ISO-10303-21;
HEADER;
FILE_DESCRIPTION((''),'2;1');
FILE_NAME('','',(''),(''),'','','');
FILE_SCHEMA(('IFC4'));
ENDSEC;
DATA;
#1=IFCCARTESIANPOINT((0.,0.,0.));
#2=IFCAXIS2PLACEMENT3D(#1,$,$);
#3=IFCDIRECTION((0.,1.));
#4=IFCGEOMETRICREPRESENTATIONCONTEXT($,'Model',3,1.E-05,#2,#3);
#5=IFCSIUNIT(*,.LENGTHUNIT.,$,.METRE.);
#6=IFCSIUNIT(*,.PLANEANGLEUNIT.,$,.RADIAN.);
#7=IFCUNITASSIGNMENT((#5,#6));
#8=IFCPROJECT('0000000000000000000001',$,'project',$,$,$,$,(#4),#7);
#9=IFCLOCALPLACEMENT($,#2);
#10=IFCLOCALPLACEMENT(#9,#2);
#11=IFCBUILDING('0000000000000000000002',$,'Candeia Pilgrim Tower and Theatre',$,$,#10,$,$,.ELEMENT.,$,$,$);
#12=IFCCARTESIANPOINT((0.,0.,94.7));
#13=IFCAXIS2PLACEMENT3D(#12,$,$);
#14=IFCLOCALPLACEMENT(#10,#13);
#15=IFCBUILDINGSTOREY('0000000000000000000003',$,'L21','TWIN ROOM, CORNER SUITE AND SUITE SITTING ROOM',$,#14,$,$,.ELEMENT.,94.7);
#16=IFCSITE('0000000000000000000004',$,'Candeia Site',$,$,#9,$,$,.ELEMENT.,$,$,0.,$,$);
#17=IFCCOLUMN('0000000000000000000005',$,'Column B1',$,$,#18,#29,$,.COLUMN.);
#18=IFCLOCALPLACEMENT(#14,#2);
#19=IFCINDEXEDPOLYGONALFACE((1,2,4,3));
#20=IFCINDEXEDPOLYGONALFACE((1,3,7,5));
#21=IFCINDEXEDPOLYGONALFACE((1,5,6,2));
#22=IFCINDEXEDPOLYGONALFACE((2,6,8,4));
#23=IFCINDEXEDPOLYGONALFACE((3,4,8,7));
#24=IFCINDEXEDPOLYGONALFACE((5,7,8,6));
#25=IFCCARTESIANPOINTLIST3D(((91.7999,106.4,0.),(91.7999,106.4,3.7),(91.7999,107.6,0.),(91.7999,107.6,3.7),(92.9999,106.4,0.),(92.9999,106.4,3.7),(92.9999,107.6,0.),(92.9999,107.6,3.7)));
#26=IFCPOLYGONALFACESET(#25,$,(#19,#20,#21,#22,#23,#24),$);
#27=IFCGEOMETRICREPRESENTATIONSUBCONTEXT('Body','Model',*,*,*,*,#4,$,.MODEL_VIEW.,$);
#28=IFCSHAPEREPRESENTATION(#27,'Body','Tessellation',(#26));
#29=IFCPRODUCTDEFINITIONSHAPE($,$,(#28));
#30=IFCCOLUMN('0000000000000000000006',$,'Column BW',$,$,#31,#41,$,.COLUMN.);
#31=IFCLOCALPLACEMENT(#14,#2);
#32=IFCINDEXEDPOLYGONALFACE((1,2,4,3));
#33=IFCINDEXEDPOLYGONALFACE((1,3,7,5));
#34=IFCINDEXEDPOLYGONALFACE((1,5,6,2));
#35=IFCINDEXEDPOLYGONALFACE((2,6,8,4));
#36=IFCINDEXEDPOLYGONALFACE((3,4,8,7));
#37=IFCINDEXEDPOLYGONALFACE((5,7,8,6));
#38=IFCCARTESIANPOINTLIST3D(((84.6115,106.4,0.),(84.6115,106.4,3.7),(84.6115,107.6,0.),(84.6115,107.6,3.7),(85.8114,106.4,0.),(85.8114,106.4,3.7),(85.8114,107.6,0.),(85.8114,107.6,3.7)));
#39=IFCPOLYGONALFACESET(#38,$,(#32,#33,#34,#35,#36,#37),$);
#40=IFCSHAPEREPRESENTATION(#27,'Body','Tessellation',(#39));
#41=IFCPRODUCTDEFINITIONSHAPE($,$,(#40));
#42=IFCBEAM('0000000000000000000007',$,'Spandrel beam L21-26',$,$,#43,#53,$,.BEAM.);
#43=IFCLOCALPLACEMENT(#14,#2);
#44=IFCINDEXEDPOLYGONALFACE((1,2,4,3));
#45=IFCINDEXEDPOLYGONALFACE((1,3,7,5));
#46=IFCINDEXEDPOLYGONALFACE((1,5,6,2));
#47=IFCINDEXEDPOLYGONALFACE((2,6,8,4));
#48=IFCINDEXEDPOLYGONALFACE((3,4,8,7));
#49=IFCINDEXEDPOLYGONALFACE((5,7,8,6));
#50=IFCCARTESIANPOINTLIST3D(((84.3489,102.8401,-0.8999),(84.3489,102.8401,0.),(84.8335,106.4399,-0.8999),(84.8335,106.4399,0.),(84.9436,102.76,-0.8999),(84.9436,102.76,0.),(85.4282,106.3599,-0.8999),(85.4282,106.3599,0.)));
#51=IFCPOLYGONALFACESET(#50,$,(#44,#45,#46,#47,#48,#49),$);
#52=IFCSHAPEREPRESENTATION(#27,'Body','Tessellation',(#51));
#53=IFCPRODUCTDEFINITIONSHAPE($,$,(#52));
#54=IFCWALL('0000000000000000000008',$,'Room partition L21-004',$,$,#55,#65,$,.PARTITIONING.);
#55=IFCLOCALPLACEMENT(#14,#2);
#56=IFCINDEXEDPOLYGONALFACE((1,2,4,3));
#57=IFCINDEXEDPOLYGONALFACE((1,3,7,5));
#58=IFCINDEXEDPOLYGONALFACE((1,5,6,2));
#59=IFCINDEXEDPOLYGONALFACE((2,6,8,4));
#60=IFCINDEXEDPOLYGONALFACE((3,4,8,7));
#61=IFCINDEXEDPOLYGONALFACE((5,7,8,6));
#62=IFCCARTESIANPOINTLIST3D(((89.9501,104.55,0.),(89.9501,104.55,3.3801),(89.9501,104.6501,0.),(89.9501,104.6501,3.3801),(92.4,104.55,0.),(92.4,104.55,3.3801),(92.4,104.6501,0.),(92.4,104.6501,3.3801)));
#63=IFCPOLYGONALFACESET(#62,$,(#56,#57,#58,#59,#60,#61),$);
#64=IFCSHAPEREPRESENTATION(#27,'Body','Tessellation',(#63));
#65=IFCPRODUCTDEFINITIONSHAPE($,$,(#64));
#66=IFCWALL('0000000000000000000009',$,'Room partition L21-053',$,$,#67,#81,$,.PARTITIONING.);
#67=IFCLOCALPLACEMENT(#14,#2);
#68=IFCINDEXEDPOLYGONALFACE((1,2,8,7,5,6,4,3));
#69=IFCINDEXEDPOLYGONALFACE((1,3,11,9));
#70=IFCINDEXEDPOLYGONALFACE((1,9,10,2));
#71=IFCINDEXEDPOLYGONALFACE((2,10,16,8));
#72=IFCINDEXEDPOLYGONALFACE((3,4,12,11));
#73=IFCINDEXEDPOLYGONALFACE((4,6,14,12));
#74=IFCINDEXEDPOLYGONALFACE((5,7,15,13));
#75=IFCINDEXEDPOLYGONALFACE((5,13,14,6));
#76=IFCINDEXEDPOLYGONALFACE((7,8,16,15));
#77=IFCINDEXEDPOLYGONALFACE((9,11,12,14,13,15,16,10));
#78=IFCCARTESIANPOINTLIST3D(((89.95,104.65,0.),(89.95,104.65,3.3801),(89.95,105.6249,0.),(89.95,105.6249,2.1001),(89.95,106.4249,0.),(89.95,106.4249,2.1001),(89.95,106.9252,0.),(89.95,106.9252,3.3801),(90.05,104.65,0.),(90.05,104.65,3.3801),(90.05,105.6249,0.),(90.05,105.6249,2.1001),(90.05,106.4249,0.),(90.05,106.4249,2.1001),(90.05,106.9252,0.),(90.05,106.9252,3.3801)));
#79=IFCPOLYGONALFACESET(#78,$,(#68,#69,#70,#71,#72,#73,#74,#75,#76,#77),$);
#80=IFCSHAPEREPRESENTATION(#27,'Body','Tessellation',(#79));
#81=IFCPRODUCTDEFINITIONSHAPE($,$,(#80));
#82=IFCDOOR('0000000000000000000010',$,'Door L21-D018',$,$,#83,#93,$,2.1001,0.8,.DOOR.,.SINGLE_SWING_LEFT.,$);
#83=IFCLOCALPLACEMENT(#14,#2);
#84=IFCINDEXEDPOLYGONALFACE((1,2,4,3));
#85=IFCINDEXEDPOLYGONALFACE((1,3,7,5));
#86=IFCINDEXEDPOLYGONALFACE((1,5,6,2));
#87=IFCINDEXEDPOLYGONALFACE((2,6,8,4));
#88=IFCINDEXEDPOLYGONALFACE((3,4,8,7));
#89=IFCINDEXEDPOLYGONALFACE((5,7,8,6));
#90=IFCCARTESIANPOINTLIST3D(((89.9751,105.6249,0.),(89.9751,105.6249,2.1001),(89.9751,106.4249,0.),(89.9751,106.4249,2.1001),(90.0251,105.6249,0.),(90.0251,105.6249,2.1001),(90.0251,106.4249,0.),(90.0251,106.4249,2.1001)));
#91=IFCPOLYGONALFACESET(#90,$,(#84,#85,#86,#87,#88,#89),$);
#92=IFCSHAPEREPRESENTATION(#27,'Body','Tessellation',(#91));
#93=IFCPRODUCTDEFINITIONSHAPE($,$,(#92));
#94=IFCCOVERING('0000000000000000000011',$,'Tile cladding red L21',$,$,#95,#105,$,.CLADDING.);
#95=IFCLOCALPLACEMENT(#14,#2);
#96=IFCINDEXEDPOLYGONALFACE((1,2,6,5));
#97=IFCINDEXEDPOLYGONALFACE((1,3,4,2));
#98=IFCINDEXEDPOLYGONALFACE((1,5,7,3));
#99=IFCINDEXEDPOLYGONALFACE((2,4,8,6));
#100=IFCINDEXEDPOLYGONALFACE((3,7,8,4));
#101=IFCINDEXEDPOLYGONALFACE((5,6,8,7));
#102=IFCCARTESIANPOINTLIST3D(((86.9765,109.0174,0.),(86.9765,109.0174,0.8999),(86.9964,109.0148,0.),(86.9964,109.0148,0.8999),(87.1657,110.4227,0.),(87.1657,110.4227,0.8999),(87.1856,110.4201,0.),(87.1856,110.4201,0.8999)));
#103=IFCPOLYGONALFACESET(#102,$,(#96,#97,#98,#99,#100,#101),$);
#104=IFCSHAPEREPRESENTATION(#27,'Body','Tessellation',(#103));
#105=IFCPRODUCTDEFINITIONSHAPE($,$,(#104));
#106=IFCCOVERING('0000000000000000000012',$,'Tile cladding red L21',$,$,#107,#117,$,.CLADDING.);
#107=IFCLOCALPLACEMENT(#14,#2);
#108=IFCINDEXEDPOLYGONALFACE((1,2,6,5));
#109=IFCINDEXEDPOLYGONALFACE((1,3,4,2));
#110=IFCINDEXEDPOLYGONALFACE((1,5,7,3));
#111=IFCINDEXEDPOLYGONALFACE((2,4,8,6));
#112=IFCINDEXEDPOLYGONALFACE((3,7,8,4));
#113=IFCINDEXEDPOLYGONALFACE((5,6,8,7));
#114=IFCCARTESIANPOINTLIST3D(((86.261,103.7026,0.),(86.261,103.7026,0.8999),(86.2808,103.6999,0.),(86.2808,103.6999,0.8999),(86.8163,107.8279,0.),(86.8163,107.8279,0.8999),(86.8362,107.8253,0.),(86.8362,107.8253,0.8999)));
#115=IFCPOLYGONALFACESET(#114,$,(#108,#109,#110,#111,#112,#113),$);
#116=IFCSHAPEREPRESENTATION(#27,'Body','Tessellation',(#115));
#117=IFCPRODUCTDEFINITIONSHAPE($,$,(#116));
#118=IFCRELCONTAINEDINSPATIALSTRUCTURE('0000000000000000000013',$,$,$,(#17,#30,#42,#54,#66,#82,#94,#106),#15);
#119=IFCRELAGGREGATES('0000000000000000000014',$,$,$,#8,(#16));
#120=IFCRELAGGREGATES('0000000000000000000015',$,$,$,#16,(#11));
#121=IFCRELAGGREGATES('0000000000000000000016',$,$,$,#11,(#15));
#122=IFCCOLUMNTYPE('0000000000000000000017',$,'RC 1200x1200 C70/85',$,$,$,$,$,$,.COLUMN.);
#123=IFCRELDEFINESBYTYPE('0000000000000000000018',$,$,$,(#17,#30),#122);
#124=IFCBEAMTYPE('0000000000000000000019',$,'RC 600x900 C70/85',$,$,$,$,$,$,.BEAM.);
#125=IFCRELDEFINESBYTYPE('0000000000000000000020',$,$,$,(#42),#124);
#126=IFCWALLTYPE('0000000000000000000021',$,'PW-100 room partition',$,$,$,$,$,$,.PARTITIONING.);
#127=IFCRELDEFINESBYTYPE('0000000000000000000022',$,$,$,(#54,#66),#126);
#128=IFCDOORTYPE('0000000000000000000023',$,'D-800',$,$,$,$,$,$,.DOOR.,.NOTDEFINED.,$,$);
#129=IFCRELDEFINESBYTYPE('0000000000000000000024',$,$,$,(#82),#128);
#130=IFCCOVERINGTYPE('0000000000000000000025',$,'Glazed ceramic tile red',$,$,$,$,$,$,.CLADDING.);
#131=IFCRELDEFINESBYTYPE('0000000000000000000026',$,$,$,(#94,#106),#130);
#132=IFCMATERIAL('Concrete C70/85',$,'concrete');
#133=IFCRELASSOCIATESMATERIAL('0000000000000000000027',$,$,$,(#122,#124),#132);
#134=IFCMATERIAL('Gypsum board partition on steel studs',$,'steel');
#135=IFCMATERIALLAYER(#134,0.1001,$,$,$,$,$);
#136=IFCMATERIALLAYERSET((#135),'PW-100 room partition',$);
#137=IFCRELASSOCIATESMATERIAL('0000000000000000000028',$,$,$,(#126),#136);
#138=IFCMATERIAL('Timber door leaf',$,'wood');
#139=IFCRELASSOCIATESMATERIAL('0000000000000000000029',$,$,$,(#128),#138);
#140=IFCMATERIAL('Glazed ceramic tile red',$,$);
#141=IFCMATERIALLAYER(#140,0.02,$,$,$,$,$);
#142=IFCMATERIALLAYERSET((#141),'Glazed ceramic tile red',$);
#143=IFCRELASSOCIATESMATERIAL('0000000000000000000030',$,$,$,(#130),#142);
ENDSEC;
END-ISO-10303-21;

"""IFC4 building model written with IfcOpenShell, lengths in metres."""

from ifc_helpers import new_model, si_unit, direction, frame, frame_2d, origin, origin_2d, place, context, subcontext, project, spatial, rectangle, extrude, material, layer, layer_set, material_profile, profile_set, type_object, element, fill, save


model = new_model("IFC4")

# Units and contexts
model_context = context("Model", 3, precision=1e-05, world=origin(), true_north=direction((0.0, 1.0)))
body_context = subcontext(model_context, "Body", "Model", "MODEL_VIEW")
ifc_project = project(units=[si_unit("LENGTHUNIT", "METRE"), si_unit("PLANEANGLEUNIT", "RADIAN")], contexts=[model_context])

# Site, building, storey
site_placement = place(None, origin())
site = spatial("IfcSite", under=ifc_project, at=site_placement, Name="Candeia Site", CompositionType="ELEMENT", RefElevation=0.0)
building_placement = place(site_placement, origin())
building = spatial("IfcBuilding", under=site, at=building_placement, Name="Candeia Pilgrim Tower and Theatre", CompositionType="ELEMENT")
storey_placement = place(building_placement, frame((0.0, 0.0, 94.7)))
storey = spatial("IfcBuildingStorey", under=building, at=storey_placement, Name="L21", Description="TWIN ROOM, CORNER SUITE AND SUITE SITTING ROOM", CompositionType="ELEMENT", Elevation=94.7)

# Columns
ifc_material_1 = material(Name="Concrete C70/85", Category="concrete")
ifc_material_profile_1 = material_profile(ifc_material_1, rectangle(XDim=1.2, YDim=1.2, at=origin_2d()))
ifc_profile_set_1 = profile_set([ifc_material_profile_1], Name="Concrete C70/85")
column_type = type_object("IfcColumnType", Name="RC 1200x1200 C70/85", PredefinedType="COLUMN", material=ifc_profile_set_1)
for number, where, z_axis, x_axis, name in (
    (1, (92.3999, 107.0, 0.0), (0.0, 0.0, 1.0), (1.0, 0.0, 0.0), "Column B1"),
    (2, (85.2114, 107.0, 0.0), (0.0, 0.0, 1.0), (1.0, 0.0, 0.0), "Column BW"),
):
    element("IfcColumn", number, at=place(storey_placement, frame(where, z_axis=z_axis, x_axis=x_axis)), inside=storey, type_object=column_type, Name=name, PredefinedType="COLUMN", context=body_context, shape_type="SweptSolid", body=[
        extrude(rectangle(XDim=1.2, YDim=1.2, at=origin_2d()), origin(), (0.0, 0.0, 1.0), 3.7),
    ])

# Beam
ifc_material_profile_2 = material_profile(ifc_material_1, rectangle(XDim=0.6001, YDim=0.8999, at=origin_2d()))
ifc_profile_set_2 = profile_set([ifc_material_profile_2], Name="Concrete C70/85")
beam_type = type_object("IfcBeamType", Name="RC 600x900 C70/85", PredefinedType="BEAM", material=ifc_profile_set_2)
beam_placement = place(storey_placement, frame((85.1309, 106.3999, -0.45), z_axis=(-0.133418, -0.99106, 0.0), x_axis=(0.99106, -0.133418, 0.0)))
element("IfcBeam", 3, at=beam_placement, inside=storey, type_object=beam_type, Name="Spandrel beam L21-26", PredefinedType="BEAM", context=body_context, shape_type="SweptSolid", body=[
    extrude(rectangle(XDim=0.6001, YDim=0.8999, at=origin_2d()), origin(), (0.0, 0.0, 1.0), 3.6323),
])

# Wall
ifc_material_2 = material(Name="Gypsum board partition on steel studs", Category="steel")
ifc_layer_1 = layer(ifc_material_2, 0.1001)
ifc_layer_set_1 = layer_set([ifc_layer_1], Name="PW-100 room partition")
wall_type_1 = type_object("IfcWallType", Name="PW-100 room partition", PredefinedType="PARTITIONING", material=ifc_layer_set_1)
wall_1_placement = place(storey_placement, frame((89.95, 104.6001, 0.0), z_axis=(0.0, 0.0, 1.0), x_axis=(1.0, 0.0, 0.0)))
element("IfcWall", 4, at=wall_1_placement, inside=storey, type_object=wall_type_1, Name="Room partition L21-004", PredefinedType="PARTITIONING", context=body_context, shape_type="SweptSolid", body=[
    extrude(rectangle(XDim=2.45, YDim=0.1001, at=frame_2d((1.2251, 0.0))), origin(), (0.0, 0.0, 1.0), 3.3801),
])

# Wall, opening, door
wall_2_placement = place(storey_placement, frame((90.0, 104.6499, 0.0), z_axis=(0.0, 0.0, 1.0), x_axis=(0.0, 1.0, 0.0)))
wall_2 = element("IfcWall", 5, at=wall_2_placement, inside=storey, type_object=wall_type_1, Name="Room partition L21-053", PredefinedType="PARTITIONING", context=body_context, shape_type="SweptSolid", body=[
    extrude(rectangle(XDim=2.2751, YDim=0.1001, at=frame_2d((1.1377, 0.0))), origin(), (0.0, 0.0, 1.0), 3.3801),
])
opening_1_placement = place(wall_2_placement, frame((0.9751, 0.0, 0.0)))
opening_1 = element("IfcOpeningElement", 6, at=opening_1_placement, cuts=wall_2, PredefinedType="OPENING", context=body_context, shape_type="SweptSolid", body=[
    extrude(rectangle(XDim=0.8, YDim=2.1001, at=frame_2d((0.3999, 1.05))), frame((0.0, 0.0601, 0.0), z_axis=(0.0, -1.0, 0.0), x_axis=(1.0, 0.0, 0.0)), (0.0, 0.0, 1.0), 0.1201),
])
ifc_material_3 = material(Name="Timber door leaf", Category="wood")
door_type_1 = type_object("IfcDoorType", Name="D-800", OperationType="NOTDEFINED", PredefinedType="DOOR", material=ifc_material_3)
door_1_placement = place(opening_1_placement, origin())
door_1 = element("IfcDoor", 7, at=door_1_placement, inside=storey, type_object=door_type_1, Name="Door L21-D018", OperationType="SINGLE_SWING_LEFT", OverallHeight=2.1001, OverallWidth=0.8, PredefinedType="DOOR", context=body_context, shape_type="SweptSolid", body=[
    extrude(rectangle(XDim=0.8, YDim=2.1001, at=frame_2d((0.3999, 1.05))), frame((0.0, 0.0249, 0.0), z_axis=(0.0, -1.0, 0.0), x_axis=(1.0, 0.0, 0.0)), (0.0, 0.0, 1.0), 0.05),
])
fill(opening_1, door_1)

# Coverings
ifc_material_4 = material(Name="Glazed ceramic tile red")
ifc_layer_2 = layer(ifc_material_4, 0.02)
ifc_layer_set_2 = layer_set([ifc_layer_2], Name="Glazed ceramic tile red")
covering_type = type_object("IfcCoveringType", Name="Glazed ceramic tile red", PredefinedType="CLADDING", material=ifc_layer_set_2)
covering_1_placement = place(storey_placement, frame((87.0811, 109.7188, 0.0), z_axis=(0.0, 0.0, 1.0), x_axis=(-0.133412, -0.991061, 0.0)))
element("IfcCovering", 8, at=covering_1_placement, inside=storey, type_object=covering_type, Name="Tile cladding red L21", PredefinedType="CLADDING", context=body_context, shape_type="SweptSolid", body=[
    extrude(rectangle(XDim=1.418, YDim=0.02, at=origin_2d()), origin(), (0.0, 0.0, 1.0), 0.8999),
])
covering_2_placement = place(storey_placement, frame((86.5486, 105.7639, 0.0), z_axis=(0.0, 0.0, 1.0), x_axis=(-0.133412, -0.991061, 0.0)))
element("IfcCovering", 9, at=covering_2_placement, inside=storey, type_object=covering_type, Name="Tile cladding red L21", PredefinedType="CLADDING", context=body_context, shape_type="SweptSolid", body=[
    extrude(rectangle(XDim=4.1626, YDim=0.02, at=origin_2d()), origin(), (0.0, 0.0, 1.0), 0.8999),
])

save(model, "model.ifc")
